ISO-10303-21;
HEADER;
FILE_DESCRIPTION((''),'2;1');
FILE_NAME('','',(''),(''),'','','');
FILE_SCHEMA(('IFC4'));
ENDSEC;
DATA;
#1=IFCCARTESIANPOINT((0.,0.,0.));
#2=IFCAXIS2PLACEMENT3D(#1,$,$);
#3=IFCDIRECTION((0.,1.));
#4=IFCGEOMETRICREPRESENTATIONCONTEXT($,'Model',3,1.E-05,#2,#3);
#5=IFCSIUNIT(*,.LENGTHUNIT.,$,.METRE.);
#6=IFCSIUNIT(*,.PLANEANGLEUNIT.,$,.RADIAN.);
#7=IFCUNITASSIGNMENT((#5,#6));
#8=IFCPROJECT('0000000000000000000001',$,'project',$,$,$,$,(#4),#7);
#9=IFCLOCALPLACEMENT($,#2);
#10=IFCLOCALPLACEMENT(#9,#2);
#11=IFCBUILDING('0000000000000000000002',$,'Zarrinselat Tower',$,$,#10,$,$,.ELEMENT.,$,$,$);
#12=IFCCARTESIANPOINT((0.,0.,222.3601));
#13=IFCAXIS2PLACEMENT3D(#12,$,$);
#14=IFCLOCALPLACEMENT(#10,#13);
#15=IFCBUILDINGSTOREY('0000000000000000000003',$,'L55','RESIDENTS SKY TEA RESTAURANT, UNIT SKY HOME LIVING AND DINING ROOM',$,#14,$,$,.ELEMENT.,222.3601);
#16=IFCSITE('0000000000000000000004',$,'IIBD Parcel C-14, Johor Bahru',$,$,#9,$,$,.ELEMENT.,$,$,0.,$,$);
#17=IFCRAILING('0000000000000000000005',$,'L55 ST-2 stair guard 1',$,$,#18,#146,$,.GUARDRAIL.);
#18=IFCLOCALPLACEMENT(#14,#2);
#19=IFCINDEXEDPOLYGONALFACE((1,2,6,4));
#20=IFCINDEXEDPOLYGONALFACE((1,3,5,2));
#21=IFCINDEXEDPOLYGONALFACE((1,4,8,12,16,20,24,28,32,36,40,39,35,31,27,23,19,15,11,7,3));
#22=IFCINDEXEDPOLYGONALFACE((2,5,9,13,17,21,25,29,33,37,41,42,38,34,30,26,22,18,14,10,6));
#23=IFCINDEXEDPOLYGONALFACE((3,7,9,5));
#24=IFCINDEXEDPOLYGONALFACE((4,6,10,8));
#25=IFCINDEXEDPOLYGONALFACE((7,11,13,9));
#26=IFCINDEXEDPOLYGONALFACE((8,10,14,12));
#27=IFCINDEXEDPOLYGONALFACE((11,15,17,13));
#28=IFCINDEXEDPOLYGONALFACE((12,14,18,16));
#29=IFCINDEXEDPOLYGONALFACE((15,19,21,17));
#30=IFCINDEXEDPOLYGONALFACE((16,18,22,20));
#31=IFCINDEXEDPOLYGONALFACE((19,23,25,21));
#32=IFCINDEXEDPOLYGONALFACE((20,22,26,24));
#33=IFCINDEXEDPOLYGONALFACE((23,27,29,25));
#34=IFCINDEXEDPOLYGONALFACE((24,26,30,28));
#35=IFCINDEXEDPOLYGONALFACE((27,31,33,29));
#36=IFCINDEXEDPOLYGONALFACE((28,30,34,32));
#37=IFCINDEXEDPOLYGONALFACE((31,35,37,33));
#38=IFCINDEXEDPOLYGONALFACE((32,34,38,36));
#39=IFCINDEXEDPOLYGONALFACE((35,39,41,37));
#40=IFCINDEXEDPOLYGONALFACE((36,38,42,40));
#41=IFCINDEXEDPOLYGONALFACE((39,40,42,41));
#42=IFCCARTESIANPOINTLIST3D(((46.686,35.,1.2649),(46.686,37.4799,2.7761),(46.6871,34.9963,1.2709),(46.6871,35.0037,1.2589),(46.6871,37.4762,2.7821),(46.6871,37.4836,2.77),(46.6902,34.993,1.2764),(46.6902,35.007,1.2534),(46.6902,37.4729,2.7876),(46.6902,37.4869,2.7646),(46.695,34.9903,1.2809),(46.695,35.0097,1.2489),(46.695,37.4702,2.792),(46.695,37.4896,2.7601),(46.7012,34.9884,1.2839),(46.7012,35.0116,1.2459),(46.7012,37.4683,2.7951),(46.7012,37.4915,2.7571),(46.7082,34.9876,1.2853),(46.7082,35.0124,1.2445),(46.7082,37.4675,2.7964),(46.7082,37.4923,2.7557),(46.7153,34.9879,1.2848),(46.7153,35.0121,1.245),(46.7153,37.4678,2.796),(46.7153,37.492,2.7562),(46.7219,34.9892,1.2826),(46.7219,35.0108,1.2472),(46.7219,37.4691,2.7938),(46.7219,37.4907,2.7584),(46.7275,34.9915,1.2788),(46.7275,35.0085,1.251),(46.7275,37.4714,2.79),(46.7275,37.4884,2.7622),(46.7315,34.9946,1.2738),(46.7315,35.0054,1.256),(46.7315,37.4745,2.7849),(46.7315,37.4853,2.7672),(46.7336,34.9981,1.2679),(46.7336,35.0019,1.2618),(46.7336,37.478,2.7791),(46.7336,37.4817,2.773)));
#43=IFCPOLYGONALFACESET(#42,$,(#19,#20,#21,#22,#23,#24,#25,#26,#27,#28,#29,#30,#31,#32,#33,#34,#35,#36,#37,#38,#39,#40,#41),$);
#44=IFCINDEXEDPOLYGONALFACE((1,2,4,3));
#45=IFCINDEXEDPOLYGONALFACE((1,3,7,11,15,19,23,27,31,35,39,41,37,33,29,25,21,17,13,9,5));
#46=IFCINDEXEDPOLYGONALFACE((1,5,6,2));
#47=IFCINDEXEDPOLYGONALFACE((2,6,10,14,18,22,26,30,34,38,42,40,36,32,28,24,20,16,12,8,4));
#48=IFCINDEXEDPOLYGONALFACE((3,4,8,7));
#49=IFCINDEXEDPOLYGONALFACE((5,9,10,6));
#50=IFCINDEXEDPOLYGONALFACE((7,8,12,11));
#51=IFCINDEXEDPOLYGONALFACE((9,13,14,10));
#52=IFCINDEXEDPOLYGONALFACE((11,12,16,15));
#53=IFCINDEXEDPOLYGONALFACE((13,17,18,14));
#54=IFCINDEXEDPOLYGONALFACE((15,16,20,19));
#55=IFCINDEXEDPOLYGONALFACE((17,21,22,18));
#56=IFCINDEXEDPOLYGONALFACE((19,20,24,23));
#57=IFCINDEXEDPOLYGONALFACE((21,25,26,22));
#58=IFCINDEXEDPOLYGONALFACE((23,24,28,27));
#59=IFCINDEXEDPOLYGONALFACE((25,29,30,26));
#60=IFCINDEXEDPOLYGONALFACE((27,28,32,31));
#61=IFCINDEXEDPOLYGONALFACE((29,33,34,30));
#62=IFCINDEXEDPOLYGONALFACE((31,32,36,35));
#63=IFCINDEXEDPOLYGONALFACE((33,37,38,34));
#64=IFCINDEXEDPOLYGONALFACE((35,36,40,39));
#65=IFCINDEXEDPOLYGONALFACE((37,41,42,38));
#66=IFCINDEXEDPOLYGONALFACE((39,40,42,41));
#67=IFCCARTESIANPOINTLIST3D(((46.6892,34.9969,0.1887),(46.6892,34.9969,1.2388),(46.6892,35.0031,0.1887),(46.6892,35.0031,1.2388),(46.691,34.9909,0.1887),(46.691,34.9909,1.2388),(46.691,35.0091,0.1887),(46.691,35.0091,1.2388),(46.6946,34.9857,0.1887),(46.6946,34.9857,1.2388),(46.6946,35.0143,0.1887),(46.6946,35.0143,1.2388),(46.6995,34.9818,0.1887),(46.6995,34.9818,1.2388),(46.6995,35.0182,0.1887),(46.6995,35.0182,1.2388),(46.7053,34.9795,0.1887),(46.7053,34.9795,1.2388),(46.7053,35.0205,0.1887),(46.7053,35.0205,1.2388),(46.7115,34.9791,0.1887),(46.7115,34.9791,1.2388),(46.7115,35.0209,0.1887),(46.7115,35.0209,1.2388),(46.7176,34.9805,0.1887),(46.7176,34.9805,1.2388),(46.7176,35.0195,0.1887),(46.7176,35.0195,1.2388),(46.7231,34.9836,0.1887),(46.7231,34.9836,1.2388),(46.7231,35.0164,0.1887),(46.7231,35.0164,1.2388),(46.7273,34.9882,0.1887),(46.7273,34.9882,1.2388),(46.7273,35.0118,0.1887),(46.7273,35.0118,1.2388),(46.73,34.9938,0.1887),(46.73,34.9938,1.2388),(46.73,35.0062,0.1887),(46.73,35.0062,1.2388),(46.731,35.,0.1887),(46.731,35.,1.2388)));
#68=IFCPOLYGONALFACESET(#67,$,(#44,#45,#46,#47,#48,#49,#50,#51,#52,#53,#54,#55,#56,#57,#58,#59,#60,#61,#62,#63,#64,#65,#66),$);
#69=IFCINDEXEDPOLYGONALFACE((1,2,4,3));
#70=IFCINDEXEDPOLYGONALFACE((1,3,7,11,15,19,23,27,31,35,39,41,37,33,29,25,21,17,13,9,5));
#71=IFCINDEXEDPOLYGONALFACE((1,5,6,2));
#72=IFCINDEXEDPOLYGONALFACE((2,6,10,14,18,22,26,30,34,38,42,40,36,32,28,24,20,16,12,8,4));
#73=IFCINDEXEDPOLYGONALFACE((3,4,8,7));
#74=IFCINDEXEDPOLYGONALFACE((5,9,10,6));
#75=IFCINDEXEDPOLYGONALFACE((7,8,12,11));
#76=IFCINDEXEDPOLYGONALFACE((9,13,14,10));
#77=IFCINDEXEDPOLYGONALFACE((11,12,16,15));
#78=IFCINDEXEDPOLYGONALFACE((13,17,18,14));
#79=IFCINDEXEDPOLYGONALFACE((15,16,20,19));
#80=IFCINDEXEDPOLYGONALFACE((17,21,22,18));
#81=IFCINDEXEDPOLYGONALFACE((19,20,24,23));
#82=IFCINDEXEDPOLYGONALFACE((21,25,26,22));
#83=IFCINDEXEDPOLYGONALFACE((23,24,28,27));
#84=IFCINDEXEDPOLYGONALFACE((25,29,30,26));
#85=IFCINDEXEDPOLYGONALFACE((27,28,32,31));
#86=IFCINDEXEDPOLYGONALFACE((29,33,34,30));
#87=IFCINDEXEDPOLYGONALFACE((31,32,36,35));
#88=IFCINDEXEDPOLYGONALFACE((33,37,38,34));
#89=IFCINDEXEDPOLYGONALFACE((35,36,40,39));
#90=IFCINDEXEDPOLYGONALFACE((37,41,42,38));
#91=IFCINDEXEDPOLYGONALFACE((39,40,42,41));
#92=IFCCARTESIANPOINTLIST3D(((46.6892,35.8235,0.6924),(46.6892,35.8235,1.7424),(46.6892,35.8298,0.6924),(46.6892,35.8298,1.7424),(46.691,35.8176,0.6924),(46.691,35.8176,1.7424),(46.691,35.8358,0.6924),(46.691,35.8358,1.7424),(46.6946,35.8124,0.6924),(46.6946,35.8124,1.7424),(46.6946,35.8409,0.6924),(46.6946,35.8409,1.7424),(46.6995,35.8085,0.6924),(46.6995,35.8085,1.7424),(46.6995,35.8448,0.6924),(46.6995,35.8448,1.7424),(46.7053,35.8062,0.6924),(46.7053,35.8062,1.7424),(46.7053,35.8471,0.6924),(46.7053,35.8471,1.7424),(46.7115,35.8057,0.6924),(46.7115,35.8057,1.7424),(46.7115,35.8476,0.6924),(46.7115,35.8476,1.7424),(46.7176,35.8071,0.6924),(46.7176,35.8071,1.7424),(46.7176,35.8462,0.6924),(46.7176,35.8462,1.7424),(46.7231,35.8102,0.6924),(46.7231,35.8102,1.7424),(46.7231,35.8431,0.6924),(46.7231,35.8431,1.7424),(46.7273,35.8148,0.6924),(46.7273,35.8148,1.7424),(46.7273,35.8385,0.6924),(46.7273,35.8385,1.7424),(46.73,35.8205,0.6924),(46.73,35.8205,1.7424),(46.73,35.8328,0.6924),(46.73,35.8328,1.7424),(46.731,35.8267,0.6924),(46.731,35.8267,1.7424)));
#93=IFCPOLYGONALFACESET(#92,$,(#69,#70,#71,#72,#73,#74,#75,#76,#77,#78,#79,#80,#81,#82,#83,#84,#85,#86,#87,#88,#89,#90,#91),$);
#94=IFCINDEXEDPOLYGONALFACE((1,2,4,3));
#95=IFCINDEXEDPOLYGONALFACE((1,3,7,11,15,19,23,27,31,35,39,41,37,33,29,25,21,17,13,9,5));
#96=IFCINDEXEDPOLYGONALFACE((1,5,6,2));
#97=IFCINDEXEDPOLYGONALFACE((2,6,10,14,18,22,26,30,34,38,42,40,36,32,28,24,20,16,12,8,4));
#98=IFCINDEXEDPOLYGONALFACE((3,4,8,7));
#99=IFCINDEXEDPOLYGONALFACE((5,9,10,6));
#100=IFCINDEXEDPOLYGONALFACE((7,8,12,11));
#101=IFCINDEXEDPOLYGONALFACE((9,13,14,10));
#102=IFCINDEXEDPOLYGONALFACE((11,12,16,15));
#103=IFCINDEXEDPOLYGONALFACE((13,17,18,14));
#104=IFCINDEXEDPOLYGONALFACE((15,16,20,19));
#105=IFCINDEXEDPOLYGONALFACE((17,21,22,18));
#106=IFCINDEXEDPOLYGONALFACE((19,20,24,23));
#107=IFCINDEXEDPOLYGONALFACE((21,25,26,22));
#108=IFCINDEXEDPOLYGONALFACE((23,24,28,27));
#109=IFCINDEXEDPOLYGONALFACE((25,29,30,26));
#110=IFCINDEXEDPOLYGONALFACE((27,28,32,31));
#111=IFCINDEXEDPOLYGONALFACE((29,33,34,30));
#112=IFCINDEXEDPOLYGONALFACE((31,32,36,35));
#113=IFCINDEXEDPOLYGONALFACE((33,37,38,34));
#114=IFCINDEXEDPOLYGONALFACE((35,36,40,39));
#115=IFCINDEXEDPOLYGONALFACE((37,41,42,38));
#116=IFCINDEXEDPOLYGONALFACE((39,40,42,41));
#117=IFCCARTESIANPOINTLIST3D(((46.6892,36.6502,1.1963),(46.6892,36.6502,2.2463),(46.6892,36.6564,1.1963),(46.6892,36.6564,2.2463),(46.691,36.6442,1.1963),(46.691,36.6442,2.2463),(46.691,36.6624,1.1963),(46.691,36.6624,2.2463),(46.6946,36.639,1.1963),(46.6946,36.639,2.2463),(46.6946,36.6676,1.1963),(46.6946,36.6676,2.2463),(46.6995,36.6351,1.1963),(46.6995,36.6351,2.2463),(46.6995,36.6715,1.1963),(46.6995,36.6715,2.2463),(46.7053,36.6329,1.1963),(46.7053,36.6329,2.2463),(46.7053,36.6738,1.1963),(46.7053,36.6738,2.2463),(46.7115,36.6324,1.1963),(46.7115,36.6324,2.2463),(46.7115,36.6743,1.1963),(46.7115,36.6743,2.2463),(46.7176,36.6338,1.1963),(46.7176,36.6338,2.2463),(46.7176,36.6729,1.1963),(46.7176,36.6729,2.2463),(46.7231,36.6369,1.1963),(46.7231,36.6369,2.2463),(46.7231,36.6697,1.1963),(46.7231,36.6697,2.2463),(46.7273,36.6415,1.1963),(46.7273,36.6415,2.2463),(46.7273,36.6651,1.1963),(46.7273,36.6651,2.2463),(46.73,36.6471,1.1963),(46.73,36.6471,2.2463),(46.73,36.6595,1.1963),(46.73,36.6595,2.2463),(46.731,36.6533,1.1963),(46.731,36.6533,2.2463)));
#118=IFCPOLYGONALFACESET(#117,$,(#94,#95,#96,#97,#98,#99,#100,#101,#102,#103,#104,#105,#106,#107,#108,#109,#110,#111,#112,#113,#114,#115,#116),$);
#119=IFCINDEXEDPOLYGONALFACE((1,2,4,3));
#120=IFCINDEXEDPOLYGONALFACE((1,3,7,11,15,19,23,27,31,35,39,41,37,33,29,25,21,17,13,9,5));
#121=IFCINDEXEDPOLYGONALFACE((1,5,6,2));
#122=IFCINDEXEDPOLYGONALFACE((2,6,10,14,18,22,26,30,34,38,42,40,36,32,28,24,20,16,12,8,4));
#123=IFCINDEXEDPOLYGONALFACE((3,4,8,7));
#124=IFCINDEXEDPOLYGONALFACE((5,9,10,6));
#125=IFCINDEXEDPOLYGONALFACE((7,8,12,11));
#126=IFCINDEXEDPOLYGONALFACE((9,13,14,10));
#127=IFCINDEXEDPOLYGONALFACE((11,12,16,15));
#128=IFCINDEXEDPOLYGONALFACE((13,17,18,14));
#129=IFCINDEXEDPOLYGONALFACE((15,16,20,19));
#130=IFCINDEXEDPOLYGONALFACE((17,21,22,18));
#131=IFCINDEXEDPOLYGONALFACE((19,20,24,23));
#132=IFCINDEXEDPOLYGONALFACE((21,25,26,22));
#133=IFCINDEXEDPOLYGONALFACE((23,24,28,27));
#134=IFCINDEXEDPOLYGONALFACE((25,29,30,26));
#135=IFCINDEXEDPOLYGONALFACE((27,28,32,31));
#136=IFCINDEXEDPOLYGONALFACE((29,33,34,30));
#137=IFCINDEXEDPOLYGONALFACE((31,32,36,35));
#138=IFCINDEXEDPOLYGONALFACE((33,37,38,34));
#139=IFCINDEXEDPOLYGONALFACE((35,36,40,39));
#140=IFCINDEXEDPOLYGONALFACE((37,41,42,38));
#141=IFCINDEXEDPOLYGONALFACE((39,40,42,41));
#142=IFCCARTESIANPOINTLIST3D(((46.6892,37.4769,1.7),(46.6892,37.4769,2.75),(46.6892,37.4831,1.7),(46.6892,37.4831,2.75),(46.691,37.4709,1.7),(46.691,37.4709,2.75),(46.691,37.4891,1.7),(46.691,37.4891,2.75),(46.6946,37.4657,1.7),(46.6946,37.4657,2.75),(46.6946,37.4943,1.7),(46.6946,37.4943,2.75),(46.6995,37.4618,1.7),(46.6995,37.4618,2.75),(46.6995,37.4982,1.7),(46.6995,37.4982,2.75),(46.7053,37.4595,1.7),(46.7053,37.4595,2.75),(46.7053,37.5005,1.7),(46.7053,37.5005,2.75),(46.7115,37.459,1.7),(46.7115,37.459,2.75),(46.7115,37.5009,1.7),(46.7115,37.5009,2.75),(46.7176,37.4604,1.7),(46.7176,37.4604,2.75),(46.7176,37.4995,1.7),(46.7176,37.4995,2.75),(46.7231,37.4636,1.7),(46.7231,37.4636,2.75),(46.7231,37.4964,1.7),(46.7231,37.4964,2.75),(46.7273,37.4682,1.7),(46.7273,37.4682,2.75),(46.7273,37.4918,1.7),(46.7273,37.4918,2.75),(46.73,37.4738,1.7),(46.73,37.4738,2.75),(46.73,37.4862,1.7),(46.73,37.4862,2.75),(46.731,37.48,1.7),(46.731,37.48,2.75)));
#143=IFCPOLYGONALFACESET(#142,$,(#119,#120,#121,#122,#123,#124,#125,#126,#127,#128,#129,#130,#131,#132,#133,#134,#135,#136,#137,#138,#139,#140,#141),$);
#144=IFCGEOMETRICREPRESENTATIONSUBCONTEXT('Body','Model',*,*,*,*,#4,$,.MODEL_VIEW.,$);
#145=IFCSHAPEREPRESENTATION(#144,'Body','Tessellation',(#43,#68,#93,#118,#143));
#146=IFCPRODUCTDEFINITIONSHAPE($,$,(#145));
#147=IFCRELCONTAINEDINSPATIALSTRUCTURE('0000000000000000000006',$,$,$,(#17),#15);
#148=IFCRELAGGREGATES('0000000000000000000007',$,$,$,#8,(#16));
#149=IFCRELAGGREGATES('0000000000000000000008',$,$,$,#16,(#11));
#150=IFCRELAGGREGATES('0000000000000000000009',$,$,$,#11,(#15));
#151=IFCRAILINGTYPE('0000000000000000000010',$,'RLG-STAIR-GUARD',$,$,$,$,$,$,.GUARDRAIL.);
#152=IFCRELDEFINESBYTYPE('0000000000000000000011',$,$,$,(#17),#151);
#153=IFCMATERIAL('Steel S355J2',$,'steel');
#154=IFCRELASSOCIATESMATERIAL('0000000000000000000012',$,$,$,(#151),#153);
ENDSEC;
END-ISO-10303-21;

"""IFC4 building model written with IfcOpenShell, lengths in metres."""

from ifc_helpers import new_model, si_unit, direction, frame, origin, origin_2d, place, context, subcontext, project, spatial, circle, extrude, material, type_object, element, save


model = new_model("IFC4")

# Units and contexts
model_context = context("Model", 3, precision=1e-05, world=origin(), true_north=direction((0.0, 1.0)))
body_context = subcontext(model_context, "Body", "Model", "MODEL_VIEW")
ifc_project = project(units=[si_unit("LENGTHUNIT", "METRE"), si_unit("PLANEANGLEUNIT", "RADIAN")], contexts=[model_context])

# Site, building, storey
site_placement = place(None, origin())
site = spatial("IfcSite", under=ifc_project, at=site_placement, Name="IIBD Parcel C-14, Johor Bahru", CompositionType="ELEMENT", RefElevation=0.0)
building_placement = place(site_placement, origin())
building = spatial("IfcBuilding", under=site, at=building_placement, Name="Zarrinselat Tower", CompositionType="ELEMENT")
storey_placement = place(building_placement, frame((0.0, 0.0, 222.3601)))
storey = spatial("IfcBuildingStorey", under=building, at=storey_placement, Name="L55", Description="RESIDENTS SKY TEA RESTAURANT, UNIT SKY HOME LIVING AND DINING ROOM", CompositionType="ELEMENT", Elevation=222.3601)

# Railing
ifc_material_1 = material(Name="Steel S355J2", Category="steel")
railing_type_1 = type_object("IfcRailingType", Name="RLG-STAIR-GUARD", PredefinedType="GUARDRAIL", material=ifc_material_1)
railing_1_placement = place(storey_placement, frame((46.71, 35.0, 0.1887)))
element("IfcRailing", 1, at=railing_1_placement, inside=storey, type_object=railing_type_1, Name="L55 ST-2 stair guard 1", PredefinedType="GUARDRAIL", context=body_context, shape_type="SweptSolid", body=[
    extrude(circle(Radius=0.0239, at=origin_2d()), frame((0.0, 0.0, 1.0762), z_axis=(0.0, 0.853942, 0.520368), x_axis=(-1.0, 0.0, 0.0)), (0.0, 0.0, 1.0), 2.9041),
    extrude(circle(Radius=0.021, at=origin_2d()), origin(), (0.0, 0.0, 1.0), 1.05),
    extrude(circle(Radius=0.021, at=origin_2d()), frame((0.0, 0.8267, 0.5037)), (0.0, 0.0, 1.0), 1.05),
    extrude(circle(Radius=0.021, at=origin_2d()), frame((0.0, 1.6533, 1.0076)), (0.0, 0.0, 1.0), 1.05),
    extrude(circle(Radius=0.021, at=origin_2d()), frame((0.0, 2.48, 1.5112)), (0.0, 0.0, 1.0), 1.05),
])

save(model, "model.ifc")
